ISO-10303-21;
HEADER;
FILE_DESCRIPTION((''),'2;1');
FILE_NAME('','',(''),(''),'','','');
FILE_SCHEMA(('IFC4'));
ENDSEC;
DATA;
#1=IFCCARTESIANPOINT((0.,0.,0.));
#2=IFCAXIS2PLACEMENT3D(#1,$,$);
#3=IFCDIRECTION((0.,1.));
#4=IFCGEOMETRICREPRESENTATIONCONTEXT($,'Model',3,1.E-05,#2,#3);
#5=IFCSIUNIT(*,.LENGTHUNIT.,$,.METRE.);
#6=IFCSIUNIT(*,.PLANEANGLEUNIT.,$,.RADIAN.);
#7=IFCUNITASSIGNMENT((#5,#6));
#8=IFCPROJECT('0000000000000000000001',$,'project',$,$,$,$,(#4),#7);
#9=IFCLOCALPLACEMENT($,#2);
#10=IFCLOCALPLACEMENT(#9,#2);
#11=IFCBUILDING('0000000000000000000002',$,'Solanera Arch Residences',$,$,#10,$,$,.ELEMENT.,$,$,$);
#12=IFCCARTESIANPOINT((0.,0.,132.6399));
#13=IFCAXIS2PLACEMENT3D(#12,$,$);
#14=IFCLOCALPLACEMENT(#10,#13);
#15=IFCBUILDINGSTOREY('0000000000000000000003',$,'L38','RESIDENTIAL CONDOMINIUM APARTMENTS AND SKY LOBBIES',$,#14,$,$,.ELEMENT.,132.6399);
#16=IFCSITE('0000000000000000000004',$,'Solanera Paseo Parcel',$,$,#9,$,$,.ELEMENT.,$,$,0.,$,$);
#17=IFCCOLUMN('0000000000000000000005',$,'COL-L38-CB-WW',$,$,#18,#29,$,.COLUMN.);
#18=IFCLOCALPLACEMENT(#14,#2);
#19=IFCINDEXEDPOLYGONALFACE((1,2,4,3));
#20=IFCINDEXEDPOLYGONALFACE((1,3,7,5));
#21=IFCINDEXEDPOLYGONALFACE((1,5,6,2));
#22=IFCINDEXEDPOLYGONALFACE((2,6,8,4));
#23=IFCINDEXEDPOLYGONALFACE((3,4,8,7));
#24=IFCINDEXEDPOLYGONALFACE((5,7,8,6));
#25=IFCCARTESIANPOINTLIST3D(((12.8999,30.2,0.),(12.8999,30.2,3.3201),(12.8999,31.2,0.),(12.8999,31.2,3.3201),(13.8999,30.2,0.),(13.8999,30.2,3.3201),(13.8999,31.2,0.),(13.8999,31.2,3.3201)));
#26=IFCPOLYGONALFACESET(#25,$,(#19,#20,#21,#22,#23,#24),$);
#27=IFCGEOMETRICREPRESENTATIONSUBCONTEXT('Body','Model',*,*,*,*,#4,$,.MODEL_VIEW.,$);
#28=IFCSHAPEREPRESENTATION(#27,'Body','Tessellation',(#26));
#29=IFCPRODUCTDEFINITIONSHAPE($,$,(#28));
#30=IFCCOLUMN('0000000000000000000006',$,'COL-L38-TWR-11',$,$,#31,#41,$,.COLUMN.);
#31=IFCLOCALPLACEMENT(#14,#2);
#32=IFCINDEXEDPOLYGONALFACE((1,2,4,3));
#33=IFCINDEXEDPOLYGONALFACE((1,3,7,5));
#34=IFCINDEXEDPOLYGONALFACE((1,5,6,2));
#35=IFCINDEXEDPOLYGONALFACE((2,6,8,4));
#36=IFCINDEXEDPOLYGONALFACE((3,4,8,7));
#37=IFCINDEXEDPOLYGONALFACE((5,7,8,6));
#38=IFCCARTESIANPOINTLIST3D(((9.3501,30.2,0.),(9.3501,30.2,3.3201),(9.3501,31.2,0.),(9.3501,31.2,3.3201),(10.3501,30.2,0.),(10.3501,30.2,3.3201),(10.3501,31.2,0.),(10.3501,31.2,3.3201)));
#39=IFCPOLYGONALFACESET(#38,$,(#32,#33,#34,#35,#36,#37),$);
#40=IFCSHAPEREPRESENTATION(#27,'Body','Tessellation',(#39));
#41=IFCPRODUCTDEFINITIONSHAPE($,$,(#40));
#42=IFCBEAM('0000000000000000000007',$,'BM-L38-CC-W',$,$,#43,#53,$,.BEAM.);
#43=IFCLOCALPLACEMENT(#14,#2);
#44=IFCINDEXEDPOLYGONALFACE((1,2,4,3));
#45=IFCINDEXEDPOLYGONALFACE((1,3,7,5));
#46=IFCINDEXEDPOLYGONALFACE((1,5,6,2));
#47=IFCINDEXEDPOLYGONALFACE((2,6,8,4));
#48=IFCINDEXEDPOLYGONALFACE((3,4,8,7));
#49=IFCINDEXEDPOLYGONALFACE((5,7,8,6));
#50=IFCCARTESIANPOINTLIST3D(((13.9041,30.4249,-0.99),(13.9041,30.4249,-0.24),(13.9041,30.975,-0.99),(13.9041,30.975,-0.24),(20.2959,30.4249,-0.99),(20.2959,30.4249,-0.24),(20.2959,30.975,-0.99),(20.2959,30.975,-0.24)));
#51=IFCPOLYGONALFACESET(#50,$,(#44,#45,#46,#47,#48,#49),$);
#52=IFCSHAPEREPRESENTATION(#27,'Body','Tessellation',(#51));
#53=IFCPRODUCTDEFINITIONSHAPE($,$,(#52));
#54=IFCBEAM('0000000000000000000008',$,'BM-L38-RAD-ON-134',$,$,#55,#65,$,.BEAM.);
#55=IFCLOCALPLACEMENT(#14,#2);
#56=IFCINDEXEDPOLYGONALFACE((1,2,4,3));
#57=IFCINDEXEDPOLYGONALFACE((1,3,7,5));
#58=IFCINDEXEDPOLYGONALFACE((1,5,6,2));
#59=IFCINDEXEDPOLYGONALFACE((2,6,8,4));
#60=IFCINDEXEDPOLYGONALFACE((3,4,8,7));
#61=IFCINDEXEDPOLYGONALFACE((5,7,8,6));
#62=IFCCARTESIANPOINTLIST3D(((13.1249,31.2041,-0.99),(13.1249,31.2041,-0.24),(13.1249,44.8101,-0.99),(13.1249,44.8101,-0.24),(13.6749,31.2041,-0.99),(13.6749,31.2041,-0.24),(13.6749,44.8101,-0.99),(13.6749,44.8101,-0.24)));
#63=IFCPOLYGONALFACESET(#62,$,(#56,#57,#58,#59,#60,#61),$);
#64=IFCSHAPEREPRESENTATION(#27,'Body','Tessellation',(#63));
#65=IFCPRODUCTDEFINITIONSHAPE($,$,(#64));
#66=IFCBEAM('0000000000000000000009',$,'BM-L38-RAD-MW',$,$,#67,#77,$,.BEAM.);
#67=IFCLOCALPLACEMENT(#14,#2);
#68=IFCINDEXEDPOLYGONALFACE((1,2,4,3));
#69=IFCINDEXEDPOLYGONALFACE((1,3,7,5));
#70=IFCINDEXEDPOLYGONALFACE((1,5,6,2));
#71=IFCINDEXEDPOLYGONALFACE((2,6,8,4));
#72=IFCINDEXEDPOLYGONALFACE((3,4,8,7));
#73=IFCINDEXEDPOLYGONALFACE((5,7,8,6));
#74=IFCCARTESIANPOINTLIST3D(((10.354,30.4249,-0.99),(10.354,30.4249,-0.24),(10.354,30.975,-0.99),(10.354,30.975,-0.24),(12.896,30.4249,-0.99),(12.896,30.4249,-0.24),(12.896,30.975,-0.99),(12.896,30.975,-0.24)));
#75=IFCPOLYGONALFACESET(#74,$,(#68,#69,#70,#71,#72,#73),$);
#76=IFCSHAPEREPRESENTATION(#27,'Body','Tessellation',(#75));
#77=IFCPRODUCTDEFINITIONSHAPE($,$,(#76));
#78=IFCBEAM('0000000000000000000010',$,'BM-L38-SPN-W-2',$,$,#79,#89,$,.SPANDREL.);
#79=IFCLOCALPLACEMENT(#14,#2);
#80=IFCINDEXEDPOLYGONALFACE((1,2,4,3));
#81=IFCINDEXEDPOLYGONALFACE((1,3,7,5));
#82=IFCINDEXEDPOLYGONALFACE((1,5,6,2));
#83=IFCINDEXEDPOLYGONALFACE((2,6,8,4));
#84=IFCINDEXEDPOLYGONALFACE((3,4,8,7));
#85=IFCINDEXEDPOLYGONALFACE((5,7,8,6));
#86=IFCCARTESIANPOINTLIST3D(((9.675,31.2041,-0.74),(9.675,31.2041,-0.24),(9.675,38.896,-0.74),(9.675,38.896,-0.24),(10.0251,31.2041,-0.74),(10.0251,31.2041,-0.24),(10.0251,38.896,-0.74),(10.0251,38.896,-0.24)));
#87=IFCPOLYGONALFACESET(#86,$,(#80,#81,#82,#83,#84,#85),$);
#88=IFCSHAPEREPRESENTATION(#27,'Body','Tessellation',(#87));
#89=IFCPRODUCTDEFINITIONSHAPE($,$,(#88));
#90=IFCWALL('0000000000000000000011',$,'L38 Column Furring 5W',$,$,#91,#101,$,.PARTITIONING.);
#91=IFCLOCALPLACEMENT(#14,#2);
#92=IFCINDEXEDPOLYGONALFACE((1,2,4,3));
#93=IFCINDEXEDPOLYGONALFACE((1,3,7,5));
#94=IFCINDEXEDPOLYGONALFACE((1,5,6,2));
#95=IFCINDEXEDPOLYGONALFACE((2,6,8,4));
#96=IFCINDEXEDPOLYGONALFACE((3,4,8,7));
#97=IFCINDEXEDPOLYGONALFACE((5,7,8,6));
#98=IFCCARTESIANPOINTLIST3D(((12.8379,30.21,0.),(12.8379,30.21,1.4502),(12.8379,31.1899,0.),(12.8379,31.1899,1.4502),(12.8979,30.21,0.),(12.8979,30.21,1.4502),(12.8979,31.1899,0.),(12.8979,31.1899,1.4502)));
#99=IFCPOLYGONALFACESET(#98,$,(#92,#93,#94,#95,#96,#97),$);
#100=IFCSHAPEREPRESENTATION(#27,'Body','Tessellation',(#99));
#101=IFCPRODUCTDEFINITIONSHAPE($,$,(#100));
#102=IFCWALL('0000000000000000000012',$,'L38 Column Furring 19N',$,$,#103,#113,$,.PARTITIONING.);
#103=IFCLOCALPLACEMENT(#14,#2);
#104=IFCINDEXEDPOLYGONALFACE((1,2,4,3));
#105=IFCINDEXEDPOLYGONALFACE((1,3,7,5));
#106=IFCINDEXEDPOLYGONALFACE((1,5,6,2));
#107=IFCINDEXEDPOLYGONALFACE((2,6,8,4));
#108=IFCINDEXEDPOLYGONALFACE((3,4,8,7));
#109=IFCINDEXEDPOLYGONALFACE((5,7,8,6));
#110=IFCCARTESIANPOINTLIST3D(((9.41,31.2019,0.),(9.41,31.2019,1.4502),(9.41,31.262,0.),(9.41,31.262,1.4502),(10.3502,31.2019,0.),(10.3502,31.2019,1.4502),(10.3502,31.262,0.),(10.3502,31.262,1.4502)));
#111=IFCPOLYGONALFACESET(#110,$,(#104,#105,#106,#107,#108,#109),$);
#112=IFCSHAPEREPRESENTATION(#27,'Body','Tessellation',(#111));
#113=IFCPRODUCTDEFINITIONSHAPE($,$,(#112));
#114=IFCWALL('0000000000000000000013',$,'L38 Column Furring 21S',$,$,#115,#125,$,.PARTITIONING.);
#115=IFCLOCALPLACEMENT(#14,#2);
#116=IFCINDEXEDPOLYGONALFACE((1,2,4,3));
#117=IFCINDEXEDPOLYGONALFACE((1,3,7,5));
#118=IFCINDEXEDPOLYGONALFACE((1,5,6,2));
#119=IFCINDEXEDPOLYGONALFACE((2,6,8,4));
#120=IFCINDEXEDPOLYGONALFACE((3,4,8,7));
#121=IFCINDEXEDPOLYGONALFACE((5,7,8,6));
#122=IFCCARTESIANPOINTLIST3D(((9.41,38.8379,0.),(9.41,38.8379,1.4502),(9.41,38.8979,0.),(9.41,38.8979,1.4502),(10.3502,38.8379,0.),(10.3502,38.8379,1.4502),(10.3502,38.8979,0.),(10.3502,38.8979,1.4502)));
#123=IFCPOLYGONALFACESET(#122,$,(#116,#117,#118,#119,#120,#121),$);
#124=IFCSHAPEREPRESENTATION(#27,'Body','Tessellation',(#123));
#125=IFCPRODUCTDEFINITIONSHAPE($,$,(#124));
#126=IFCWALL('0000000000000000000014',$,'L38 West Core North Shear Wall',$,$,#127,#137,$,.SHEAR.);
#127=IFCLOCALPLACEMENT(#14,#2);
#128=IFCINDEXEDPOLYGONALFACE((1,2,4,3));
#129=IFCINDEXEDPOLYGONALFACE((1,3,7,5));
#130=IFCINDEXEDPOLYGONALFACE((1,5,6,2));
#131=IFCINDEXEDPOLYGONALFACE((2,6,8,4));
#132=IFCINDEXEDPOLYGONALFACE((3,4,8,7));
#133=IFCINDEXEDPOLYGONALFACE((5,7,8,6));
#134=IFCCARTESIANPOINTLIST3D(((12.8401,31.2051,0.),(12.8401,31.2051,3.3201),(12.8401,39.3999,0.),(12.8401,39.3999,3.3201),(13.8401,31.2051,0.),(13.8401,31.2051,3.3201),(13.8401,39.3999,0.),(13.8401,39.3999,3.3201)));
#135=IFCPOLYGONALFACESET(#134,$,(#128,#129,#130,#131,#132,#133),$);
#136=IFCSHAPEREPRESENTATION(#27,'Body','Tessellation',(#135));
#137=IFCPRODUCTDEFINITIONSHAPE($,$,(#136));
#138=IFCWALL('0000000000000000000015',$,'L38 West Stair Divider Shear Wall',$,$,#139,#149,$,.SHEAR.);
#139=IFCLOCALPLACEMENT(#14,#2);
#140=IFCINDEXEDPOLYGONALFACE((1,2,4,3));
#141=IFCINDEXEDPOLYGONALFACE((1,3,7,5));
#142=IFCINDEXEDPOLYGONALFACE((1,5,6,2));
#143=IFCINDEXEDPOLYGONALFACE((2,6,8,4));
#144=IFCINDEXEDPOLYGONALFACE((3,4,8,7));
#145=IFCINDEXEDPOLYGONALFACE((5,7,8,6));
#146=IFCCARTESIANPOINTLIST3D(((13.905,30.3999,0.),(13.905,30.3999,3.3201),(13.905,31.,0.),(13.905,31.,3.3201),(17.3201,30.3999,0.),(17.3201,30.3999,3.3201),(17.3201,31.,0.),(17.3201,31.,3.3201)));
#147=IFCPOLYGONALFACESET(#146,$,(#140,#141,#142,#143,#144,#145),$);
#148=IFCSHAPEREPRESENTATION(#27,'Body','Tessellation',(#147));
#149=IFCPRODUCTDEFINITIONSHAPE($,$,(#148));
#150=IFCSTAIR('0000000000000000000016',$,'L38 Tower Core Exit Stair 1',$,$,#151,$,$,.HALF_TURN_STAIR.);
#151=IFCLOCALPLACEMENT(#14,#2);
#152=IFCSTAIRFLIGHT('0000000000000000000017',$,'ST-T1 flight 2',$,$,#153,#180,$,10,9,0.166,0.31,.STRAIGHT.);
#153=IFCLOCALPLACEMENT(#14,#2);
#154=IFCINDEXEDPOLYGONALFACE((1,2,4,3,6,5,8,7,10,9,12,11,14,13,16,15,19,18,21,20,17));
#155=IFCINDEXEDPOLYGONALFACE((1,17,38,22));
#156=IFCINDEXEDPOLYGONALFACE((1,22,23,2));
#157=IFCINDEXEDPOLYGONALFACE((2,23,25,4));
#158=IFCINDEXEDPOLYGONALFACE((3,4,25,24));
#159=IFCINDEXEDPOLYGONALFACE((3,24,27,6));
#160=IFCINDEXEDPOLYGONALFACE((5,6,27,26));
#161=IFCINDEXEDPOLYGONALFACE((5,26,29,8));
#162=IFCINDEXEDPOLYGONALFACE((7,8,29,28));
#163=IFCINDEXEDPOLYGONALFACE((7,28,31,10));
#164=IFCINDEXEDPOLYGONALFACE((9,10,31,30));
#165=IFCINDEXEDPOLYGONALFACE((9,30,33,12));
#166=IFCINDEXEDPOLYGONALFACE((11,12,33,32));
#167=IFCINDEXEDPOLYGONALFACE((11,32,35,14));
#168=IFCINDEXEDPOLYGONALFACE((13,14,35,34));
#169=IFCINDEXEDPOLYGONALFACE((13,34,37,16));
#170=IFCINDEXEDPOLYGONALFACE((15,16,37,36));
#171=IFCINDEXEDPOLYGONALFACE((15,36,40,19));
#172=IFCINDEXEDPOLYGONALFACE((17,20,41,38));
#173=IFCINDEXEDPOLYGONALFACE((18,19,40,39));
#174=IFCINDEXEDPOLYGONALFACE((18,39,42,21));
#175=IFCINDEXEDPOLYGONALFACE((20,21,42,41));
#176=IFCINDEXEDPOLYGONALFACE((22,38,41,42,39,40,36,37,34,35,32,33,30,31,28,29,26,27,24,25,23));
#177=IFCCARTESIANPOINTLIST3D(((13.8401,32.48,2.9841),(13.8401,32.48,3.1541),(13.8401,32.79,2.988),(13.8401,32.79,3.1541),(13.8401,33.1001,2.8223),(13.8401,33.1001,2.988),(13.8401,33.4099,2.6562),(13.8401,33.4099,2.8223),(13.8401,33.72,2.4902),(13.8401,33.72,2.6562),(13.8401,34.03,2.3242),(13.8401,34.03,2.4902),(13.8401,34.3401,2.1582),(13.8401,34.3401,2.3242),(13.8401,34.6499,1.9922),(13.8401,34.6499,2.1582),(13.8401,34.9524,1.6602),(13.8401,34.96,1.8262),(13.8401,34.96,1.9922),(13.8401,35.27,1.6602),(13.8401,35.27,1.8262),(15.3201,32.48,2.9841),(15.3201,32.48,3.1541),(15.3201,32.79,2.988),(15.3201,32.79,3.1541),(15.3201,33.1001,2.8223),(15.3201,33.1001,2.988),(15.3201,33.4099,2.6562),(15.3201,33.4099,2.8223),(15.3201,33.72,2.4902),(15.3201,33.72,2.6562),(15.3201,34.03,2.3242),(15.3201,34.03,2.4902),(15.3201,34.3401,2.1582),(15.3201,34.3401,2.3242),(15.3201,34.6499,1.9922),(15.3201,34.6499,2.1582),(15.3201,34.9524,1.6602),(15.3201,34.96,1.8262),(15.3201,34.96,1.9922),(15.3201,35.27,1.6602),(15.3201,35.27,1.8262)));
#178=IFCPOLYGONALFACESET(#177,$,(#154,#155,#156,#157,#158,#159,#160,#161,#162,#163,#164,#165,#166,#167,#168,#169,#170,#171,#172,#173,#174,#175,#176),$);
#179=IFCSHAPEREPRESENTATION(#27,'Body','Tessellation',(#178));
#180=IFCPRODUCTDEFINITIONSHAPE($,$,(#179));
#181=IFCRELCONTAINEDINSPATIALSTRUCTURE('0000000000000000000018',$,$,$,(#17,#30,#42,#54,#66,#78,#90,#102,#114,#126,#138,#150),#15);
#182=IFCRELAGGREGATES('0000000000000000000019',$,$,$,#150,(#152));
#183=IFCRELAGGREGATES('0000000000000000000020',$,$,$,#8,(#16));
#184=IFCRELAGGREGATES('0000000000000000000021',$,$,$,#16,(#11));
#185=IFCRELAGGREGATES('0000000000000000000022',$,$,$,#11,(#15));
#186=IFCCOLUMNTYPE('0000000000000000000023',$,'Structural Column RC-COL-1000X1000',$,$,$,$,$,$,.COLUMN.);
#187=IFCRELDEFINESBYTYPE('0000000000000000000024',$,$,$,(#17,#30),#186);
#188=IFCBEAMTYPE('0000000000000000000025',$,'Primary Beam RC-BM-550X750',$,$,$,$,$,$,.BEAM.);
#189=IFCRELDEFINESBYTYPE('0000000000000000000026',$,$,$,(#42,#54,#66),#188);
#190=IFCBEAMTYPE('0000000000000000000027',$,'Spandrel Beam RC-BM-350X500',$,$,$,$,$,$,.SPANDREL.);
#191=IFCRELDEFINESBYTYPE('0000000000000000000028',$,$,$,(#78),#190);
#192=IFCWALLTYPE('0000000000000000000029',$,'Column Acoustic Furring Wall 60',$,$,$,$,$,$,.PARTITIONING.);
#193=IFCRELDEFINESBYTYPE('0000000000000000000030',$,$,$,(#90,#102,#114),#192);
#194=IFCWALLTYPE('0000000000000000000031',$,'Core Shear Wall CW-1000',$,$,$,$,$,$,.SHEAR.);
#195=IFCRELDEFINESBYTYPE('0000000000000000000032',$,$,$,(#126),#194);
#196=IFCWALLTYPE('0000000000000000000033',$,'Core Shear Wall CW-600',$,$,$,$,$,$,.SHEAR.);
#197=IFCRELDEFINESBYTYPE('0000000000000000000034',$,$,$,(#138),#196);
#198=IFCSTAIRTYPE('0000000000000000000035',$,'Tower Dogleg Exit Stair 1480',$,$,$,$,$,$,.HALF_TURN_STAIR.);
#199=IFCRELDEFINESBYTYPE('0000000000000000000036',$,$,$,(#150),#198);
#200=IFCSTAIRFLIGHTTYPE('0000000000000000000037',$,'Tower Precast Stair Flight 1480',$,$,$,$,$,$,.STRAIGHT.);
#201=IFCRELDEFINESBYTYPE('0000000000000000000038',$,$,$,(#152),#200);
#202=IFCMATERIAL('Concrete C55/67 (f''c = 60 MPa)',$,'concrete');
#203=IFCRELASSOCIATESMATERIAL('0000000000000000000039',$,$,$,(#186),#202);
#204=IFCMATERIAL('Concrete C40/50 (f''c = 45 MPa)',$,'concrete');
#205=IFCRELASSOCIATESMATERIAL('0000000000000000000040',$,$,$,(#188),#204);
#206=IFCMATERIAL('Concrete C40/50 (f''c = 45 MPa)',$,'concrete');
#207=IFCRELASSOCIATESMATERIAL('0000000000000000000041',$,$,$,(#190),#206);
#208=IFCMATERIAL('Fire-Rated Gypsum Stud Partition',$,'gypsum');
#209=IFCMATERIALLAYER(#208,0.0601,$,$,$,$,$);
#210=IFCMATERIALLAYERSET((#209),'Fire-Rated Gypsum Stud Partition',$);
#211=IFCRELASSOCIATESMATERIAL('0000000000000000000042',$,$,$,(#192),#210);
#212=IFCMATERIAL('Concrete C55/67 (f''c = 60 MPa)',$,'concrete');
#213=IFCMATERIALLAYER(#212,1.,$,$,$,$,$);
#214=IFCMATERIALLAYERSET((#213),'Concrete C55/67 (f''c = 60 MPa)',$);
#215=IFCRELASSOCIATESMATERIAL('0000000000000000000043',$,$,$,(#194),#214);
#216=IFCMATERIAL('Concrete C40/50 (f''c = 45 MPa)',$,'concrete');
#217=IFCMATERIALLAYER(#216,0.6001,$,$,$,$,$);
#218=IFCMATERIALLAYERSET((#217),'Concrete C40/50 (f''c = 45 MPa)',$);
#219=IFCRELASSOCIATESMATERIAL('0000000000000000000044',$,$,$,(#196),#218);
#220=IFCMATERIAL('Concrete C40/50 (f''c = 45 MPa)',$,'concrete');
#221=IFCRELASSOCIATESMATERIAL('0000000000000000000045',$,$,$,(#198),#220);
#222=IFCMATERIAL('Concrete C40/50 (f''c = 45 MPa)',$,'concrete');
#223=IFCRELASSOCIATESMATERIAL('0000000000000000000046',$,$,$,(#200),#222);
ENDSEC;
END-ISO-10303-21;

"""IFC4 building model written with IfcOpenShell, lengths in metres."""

from ifc_helpers import new_model, si_unit, direction, frame, frame_2d, origin, origin_2d, place, context, subcontext, project, spatial, polyline, rectangle, outline, extrude, material, layer, layer_set, material_profile, profile_set, type_object, element, aggregate, save


model = new_model("IFC4")

# Units and contexts
model_context = context("Model", 3, precision=1e-05, world=origin(), true_north=direction((0.0, 1.0)))
body_context = subcontext(model_context, "Body", "Model", "MODEL_VIEW")
ifc_project = project(units=[si_unit("LENGTHUNIT", "METRE"), si_unit("PLANEANGLEUNIT", "RADIAN")], contexts=[model_context])

# Site, building, storey
site_placement = place(None, origin())
site = spatial("IfcSite", under=ifc_project, at=site_placement, Name="Solanera Paseo Parcel", CompositionType="ELEMENT", RefElevation=0.0)
building_placement = place(site_placement, origin())
building = spatial("IfcBuilding", under=site, at=building_placement, Name="Solanera Arch Residences", CompositionType="ELEMENT")
storey_placement = place(building_placement, frame((0.0, 0.0, 132.6399)))
storey = spatial("IfcBuildingStorey", under=building, at=storey_placement, Name="L38", Description="RESIDENTIAL CONDOMINIUM APARTMENTS AND SKY LOBBIES", CompositionType="ELEMENT", Elevation=132.6399)

# Columns
ifc_material_1 = material(Name="Concrete C55/67 (f'c = 60 MPa)", Category="concrete")
ifc_material_profile_1 = material_profile(ifc_material_1, rectangle(XDim=1.0, YDim=1.0, at=origin_2d()))
ifc_profile_set_1 = profile_set([ifc_material_profile_1], Name="Concrete C55/67 (f'c = 60 MPa)")
column_type = type_object("IfcColumnType", Name="Structural Column RC-COL-1000X1000", PredefinedType="COLUMN", material=ifc_profile_set_1)
for number, where, z_axis, x_axis, name in (
    (1, (13.3999, 30.7, 0.0), (0.0, 0.0, 1.0), (1.0, 0.0, 0.0), "COL-L38-CB-WW"),
    (2, (9.8501, 30.7, 0.0), (0.0, 0.0, 1.0), (1.0, 0.0, 0.0), "COL-L38-TWR-11"),
):
    element("IfcColumn", number, at=place(storey_placement, frame(where, z_axis=z_axis, x_axis=x_axis)), inside=storey, type_object=column_type, Name=name, PredefinedType="COLUMN", context=body_context, shape_type="SweptSolid", body=[
        extrude(rectangle(XDim=1.0, YDim=1.0, at=origin_2d()), origin(), (0.0, 0.0, 1.0), 3.3201),
    ])

# Beams
ifc_material_2 = material(Name="Concrete C40/50 (f'c = 45 MPa)", Category="concrete")
ifc_material_profile_2 = material_profile(ifc_material_2, rectangle(XDim=0.55, YDim=0.75, at=origin_2d()))
ifc_profile_set_2 = profile_set([ifc_material_profile_2], Name="Concrete C40/50 (f'c = 45 MPa)")
beam_type_1 = type_object("IfcBeamType", Name="Primary Beam RC-BM-550X750", PredefinedType="BEAM", material=ifc_profile_set_2)
beam_1_placement = place(storey_placement, frame((13.9041, 30.7, -0.615), z_axis=(1.0, 0.0, 0.0), x_axis=(0.0, 1.0, 0.0)))
element("IfcBeam", 3, at=beam_1_placement, inside=storey, type_object=beam_type_1, Name="BM-L38-CC-W", PredefinedType="BEAM", context=body_context, shape_type="SweptSolid", body=[
    extrude(rectangle(XDim=0.55, YDim=0.75, at=origin_2d()), origin(), (0.0, 0.0, 1.0), 6.3918),
])
beam_2_placement = place(storey_placement, frame((13.3999, 31.2041, -0.615), z_axis=(0.0, 1.0, 0.0), x_axis=(-1.0, 0.0, 0.0)))
element("IfcBeam", 4, at=beam_2_placement, inside=storey, type_object=beam_type_1, Name="BM-L38-RAD-ON-134", PredefinedType="BEAM", context=body_context, shape_type="SweptSolid", body=[
    extrude(rectangle(XDim=0.55, YDim=0.75, at=origin_2d()), origin(), (0.0, 0.0, 1.0), 13.606),
])
beam_3_placement = place(storey_placement, frame((10.354, 30.7, -0.615), z_axis=(1.0, 0.0, 0.0), x_axis=(0.0, 1.0, 0.0)))
element("IfcBeam", 5, at=beam_3_placement, inside=storey, type_object=beam_type_1, Name="BM-L38-RAD-MW", PredefinedType="BEAM", context=body_context, shape_type="SweptSolid", body=[
    extrude(rectangle(XDim=0.55, YDim=0.75, at=origin_2d()), origin(), (0.0, 0.0, 1.0), 2.542),
])
ifc_material_3 = material(Name="Concrete C40/50 (f'c = 45 MPa)", Category="concrete")
ifc_material_profile_3 = material_profile(ifc_material_3, rectangle(XDim=0.3501, YDim=0.5, at=origin_2d()))
ifc_profile_set_3 = profile_set([ifc_material_profile_3], Name="Concrete C40/50 (f'c = 45 MPa)")
beam_type_2 = type_object("IfcBeamType", Name="Spandrel Beam RC-BM-350X500", PredefinedType="SPANDREL", material=ifc_profile_set_3)
beam_4_placement = place(storey_placement, frame((9.8501, 31.2041, -0.49), z_axis=(0.0, 1.0, 0.0), x_axis=(-1.0, 0.0, 0.0)))
element("IfcBeam", 6, at=beam_4_placement, inside=storey, type_object=beam_type_2, Name="BM-L38-SPN-W-2", PredefinedType="SPANDREL", context=body_context, shape_type="SweptSolid", body=[
    extrude(rectangle(XDim=0.3501, YDim=0.5, at=origin_2d()), origin(), (0.0, 0.0, 1.0), 7.6919),
])

# Walls
ifc_material_4 = material(Name="Fire-Rated Gypsum Stud Partition", Category="gypsum")
ifc_layer_1 = layer(ifc_material_4, 0.0601)
ifc_layer_set_1 = layer_set([ifc_layer_1], Name="Fire-Rated Gypsum Stud Partition")
wall_type_1 = type_object("IfcWallType", Name="Column Acoustic Furring Wall 60", PredefinedType="PARTITIONING", material=ifc_layer_set_1)
wall_1_placement = place(storey_placement, frame((12.8679, 30.21, 0.0), z_axis=(0.0, 0.0, 1.0), x_axis=(0.0, 1.0, 0.0)))
element("IfcWall", 7, at=wall_1_placement, inside=storey, type_object=wall_type_1, Name="L38 Column Furring 5W", PredefinedType="PARTITIONING", context=body_context, shape_type="SweptSolid", body=[
    extrude(rectangle(XDim=0.98, YDim=0.0601, at=frame_2d((0.49, 0.0))), origin(), (0.0, 0.0, 1.0), 1.4502),
])
for number, where, z_axis, x_axis, name in (
    (8, (9.4099, 31.2319, 0.0), (0.0, 0.0, 1.0), (1.0, 0.0, 0.0), "L38 Column Furring 19N"),
    (9, (9.4099, 38.8679, 0.0), (0.0, 0.0, 1.0), (1.0, 0.0, 0.0), "L38 Column Furring 21S"),
):
    element("IfcWall", number, at=place(storey_placement, frame(where, z_axis=z_axis, x_axis=x_axis)), inside=storey, type_object=wall_type_1, Name=name, PredefinedType="PARTITIONING", context=body_context, shape_type="SweptSolid", body=[
        extrude(rectangle(XDim=0.9402, YDim=0.0601, at=frame_2d((0.4702, 0.0))), origin(), (0.0, 0.0, 1.0), 1.4502),
    ])
ifc_material_5 = material(Name="Concrete C55/67 (f'c = 60 MPa)", Category="concrete")
ifc_layer_2 = layer(ifc_material_5, 1.0)
ifc_layer_set_2 = layer_set([ifc_layer_2], Name="Concrete C55/67 (f'c = 60 MPa)")
wall_type_2 = type_object("IfcWallType", Name="Core Shear Wall CW-1000", PredefinedType="SHEAR", material=ifc_layer_set_2)
wall_2_placement = place(storey_placement, frame((13.3401, 31.2051, 0.0), z_axis=(0.0, 0.0, 1.0), x_axis=(0.0, 1.0, 0.0)))
element("IfcWall", 10, at=wall_2_placement, inside=storey, type_object=wall_type_2, Name="L38 West Core North Shear Wall", PredefinedType="SHEAR", context=body_context, shape_type="SweptSolid", body=[
    extrude(rectangle(XDim=8.1948, YDim=1.0, at=frame_2d((4.0974, 0.0))), origin(), (0.0, 0.0, 1.0), 3.3201),
])
ifc_material_6 = material(Name="Concrete C40/50 (f'c = 45 MPa)", Category="concrete")
ifc_layer_3 = layer(ifc_material_6, 0.6001)
ifc_layer_set_3 = layer_set([ifc_layer_3], Name="Concrete C40/50 (f'c = 45 MPa)")
wall_type_3 = type_object("IfcWallType", Name="Core Shear Wall CW-600", PredefinedType="SHEAR", material=ifc_layer_set_3)
wall_3_placement = place(storey_placement, frame((13.905, 30.7, 0.0), z_axis=(0.0, 0.0, 1.0), x_axis=(1.0, 0.0, 0.0)))
element("IfcWall", 11, at=wall_3_placement, inside=storey, type_object=wall_type_3, Name="L38 West Stair Divider Shear Wall", PredefinedType="SHEAR", context=body_context, shape_type="SweptSolid", body=[
    extrude(rectangle(XDim=3.415, YDim=0.6001, at=frame_2d((1.7075, 0.0))), origin(), (0.0, 0.0, 1.0), 3.3201),
])

# Stair, stair flight
ifc_material_7 = material(Name="Concrete C40/50 (f'c = 45 MPa)", Category="concrete")
stair_type = type_object("IfcStairType", Name="Tower Dogleg Exit Stair 1480", PredefinedType="HALF_TURN_STAIR", material=ifc_material_7)
stair_placement = place(storey_placement, origin())
stair = element("IfcStair", 12, at=stair_placement, inside=storey, type_object=stair_type, Name="L38 Tower Core Exit Stair 1", PredefinedType="HALF_TURN_STAIR")
ifc_material_8 = material(Name="Concrete C40/50 (f'c = 45 MPa)", Category="concrete")
stair_flight_type = type_object("IfcStairFlightType", Name="Tower Precast Stair Flight 1480", PredefinedType="STRAIGHT", material=ifc_material_8)
stair_flight_placement = place(storey_placement, frame((14.5801, 35.27, 1.6602), z_axis=(0.0, 0.0, 1.0), x_axis=(0.0, -1.0, 0.0)))
stair_flight = element("IfcStairFlight", 13, at=stair_flight_placement, type_object=stair_flight_type, Name="ST-T1 flight 2", NumberOfRisers=10, NumberOfTreads=9, PredefinedType="STRAIGHT", RiserHeight=0.166, TreadLength=0.31, context=body_context, shape_type="SweptSolid", body=[
    extrude(outline(polyline([(0.0, 0.0), (0.0, 0.166), (0.3101, 0.166), (0.3101, 0.332), (0.6201, 0.332), (0.6201, 0.498), (0.9299, 0.498), (0.9299, 0.6641), (1.24, 0.6641), (1.24, 0.8301), (1.55, 0.8301), (1.55, 0.9961), (1.8601, 0.9961), (1.8601, 1.1621), (2.1699, 1.1621), (2.1699, 1.3279), (2.48, 1.3279), (2.48, 1.4939), (2.79, 1.4939), (2.79, 1.6599), (2.79, 1.324), (0.3176, 0.0), (0.0, 0.0)])), frame((0.0, 0.74, 0.0), z_axis=(0.0, -1.0, 0.0), x_axis=(1.0, 0.0, 0.0)), (0.0, 0.0, 1.0), 1.48),
])
aggregate(stair, [stair_flight])

save(model, "model.ifc")
